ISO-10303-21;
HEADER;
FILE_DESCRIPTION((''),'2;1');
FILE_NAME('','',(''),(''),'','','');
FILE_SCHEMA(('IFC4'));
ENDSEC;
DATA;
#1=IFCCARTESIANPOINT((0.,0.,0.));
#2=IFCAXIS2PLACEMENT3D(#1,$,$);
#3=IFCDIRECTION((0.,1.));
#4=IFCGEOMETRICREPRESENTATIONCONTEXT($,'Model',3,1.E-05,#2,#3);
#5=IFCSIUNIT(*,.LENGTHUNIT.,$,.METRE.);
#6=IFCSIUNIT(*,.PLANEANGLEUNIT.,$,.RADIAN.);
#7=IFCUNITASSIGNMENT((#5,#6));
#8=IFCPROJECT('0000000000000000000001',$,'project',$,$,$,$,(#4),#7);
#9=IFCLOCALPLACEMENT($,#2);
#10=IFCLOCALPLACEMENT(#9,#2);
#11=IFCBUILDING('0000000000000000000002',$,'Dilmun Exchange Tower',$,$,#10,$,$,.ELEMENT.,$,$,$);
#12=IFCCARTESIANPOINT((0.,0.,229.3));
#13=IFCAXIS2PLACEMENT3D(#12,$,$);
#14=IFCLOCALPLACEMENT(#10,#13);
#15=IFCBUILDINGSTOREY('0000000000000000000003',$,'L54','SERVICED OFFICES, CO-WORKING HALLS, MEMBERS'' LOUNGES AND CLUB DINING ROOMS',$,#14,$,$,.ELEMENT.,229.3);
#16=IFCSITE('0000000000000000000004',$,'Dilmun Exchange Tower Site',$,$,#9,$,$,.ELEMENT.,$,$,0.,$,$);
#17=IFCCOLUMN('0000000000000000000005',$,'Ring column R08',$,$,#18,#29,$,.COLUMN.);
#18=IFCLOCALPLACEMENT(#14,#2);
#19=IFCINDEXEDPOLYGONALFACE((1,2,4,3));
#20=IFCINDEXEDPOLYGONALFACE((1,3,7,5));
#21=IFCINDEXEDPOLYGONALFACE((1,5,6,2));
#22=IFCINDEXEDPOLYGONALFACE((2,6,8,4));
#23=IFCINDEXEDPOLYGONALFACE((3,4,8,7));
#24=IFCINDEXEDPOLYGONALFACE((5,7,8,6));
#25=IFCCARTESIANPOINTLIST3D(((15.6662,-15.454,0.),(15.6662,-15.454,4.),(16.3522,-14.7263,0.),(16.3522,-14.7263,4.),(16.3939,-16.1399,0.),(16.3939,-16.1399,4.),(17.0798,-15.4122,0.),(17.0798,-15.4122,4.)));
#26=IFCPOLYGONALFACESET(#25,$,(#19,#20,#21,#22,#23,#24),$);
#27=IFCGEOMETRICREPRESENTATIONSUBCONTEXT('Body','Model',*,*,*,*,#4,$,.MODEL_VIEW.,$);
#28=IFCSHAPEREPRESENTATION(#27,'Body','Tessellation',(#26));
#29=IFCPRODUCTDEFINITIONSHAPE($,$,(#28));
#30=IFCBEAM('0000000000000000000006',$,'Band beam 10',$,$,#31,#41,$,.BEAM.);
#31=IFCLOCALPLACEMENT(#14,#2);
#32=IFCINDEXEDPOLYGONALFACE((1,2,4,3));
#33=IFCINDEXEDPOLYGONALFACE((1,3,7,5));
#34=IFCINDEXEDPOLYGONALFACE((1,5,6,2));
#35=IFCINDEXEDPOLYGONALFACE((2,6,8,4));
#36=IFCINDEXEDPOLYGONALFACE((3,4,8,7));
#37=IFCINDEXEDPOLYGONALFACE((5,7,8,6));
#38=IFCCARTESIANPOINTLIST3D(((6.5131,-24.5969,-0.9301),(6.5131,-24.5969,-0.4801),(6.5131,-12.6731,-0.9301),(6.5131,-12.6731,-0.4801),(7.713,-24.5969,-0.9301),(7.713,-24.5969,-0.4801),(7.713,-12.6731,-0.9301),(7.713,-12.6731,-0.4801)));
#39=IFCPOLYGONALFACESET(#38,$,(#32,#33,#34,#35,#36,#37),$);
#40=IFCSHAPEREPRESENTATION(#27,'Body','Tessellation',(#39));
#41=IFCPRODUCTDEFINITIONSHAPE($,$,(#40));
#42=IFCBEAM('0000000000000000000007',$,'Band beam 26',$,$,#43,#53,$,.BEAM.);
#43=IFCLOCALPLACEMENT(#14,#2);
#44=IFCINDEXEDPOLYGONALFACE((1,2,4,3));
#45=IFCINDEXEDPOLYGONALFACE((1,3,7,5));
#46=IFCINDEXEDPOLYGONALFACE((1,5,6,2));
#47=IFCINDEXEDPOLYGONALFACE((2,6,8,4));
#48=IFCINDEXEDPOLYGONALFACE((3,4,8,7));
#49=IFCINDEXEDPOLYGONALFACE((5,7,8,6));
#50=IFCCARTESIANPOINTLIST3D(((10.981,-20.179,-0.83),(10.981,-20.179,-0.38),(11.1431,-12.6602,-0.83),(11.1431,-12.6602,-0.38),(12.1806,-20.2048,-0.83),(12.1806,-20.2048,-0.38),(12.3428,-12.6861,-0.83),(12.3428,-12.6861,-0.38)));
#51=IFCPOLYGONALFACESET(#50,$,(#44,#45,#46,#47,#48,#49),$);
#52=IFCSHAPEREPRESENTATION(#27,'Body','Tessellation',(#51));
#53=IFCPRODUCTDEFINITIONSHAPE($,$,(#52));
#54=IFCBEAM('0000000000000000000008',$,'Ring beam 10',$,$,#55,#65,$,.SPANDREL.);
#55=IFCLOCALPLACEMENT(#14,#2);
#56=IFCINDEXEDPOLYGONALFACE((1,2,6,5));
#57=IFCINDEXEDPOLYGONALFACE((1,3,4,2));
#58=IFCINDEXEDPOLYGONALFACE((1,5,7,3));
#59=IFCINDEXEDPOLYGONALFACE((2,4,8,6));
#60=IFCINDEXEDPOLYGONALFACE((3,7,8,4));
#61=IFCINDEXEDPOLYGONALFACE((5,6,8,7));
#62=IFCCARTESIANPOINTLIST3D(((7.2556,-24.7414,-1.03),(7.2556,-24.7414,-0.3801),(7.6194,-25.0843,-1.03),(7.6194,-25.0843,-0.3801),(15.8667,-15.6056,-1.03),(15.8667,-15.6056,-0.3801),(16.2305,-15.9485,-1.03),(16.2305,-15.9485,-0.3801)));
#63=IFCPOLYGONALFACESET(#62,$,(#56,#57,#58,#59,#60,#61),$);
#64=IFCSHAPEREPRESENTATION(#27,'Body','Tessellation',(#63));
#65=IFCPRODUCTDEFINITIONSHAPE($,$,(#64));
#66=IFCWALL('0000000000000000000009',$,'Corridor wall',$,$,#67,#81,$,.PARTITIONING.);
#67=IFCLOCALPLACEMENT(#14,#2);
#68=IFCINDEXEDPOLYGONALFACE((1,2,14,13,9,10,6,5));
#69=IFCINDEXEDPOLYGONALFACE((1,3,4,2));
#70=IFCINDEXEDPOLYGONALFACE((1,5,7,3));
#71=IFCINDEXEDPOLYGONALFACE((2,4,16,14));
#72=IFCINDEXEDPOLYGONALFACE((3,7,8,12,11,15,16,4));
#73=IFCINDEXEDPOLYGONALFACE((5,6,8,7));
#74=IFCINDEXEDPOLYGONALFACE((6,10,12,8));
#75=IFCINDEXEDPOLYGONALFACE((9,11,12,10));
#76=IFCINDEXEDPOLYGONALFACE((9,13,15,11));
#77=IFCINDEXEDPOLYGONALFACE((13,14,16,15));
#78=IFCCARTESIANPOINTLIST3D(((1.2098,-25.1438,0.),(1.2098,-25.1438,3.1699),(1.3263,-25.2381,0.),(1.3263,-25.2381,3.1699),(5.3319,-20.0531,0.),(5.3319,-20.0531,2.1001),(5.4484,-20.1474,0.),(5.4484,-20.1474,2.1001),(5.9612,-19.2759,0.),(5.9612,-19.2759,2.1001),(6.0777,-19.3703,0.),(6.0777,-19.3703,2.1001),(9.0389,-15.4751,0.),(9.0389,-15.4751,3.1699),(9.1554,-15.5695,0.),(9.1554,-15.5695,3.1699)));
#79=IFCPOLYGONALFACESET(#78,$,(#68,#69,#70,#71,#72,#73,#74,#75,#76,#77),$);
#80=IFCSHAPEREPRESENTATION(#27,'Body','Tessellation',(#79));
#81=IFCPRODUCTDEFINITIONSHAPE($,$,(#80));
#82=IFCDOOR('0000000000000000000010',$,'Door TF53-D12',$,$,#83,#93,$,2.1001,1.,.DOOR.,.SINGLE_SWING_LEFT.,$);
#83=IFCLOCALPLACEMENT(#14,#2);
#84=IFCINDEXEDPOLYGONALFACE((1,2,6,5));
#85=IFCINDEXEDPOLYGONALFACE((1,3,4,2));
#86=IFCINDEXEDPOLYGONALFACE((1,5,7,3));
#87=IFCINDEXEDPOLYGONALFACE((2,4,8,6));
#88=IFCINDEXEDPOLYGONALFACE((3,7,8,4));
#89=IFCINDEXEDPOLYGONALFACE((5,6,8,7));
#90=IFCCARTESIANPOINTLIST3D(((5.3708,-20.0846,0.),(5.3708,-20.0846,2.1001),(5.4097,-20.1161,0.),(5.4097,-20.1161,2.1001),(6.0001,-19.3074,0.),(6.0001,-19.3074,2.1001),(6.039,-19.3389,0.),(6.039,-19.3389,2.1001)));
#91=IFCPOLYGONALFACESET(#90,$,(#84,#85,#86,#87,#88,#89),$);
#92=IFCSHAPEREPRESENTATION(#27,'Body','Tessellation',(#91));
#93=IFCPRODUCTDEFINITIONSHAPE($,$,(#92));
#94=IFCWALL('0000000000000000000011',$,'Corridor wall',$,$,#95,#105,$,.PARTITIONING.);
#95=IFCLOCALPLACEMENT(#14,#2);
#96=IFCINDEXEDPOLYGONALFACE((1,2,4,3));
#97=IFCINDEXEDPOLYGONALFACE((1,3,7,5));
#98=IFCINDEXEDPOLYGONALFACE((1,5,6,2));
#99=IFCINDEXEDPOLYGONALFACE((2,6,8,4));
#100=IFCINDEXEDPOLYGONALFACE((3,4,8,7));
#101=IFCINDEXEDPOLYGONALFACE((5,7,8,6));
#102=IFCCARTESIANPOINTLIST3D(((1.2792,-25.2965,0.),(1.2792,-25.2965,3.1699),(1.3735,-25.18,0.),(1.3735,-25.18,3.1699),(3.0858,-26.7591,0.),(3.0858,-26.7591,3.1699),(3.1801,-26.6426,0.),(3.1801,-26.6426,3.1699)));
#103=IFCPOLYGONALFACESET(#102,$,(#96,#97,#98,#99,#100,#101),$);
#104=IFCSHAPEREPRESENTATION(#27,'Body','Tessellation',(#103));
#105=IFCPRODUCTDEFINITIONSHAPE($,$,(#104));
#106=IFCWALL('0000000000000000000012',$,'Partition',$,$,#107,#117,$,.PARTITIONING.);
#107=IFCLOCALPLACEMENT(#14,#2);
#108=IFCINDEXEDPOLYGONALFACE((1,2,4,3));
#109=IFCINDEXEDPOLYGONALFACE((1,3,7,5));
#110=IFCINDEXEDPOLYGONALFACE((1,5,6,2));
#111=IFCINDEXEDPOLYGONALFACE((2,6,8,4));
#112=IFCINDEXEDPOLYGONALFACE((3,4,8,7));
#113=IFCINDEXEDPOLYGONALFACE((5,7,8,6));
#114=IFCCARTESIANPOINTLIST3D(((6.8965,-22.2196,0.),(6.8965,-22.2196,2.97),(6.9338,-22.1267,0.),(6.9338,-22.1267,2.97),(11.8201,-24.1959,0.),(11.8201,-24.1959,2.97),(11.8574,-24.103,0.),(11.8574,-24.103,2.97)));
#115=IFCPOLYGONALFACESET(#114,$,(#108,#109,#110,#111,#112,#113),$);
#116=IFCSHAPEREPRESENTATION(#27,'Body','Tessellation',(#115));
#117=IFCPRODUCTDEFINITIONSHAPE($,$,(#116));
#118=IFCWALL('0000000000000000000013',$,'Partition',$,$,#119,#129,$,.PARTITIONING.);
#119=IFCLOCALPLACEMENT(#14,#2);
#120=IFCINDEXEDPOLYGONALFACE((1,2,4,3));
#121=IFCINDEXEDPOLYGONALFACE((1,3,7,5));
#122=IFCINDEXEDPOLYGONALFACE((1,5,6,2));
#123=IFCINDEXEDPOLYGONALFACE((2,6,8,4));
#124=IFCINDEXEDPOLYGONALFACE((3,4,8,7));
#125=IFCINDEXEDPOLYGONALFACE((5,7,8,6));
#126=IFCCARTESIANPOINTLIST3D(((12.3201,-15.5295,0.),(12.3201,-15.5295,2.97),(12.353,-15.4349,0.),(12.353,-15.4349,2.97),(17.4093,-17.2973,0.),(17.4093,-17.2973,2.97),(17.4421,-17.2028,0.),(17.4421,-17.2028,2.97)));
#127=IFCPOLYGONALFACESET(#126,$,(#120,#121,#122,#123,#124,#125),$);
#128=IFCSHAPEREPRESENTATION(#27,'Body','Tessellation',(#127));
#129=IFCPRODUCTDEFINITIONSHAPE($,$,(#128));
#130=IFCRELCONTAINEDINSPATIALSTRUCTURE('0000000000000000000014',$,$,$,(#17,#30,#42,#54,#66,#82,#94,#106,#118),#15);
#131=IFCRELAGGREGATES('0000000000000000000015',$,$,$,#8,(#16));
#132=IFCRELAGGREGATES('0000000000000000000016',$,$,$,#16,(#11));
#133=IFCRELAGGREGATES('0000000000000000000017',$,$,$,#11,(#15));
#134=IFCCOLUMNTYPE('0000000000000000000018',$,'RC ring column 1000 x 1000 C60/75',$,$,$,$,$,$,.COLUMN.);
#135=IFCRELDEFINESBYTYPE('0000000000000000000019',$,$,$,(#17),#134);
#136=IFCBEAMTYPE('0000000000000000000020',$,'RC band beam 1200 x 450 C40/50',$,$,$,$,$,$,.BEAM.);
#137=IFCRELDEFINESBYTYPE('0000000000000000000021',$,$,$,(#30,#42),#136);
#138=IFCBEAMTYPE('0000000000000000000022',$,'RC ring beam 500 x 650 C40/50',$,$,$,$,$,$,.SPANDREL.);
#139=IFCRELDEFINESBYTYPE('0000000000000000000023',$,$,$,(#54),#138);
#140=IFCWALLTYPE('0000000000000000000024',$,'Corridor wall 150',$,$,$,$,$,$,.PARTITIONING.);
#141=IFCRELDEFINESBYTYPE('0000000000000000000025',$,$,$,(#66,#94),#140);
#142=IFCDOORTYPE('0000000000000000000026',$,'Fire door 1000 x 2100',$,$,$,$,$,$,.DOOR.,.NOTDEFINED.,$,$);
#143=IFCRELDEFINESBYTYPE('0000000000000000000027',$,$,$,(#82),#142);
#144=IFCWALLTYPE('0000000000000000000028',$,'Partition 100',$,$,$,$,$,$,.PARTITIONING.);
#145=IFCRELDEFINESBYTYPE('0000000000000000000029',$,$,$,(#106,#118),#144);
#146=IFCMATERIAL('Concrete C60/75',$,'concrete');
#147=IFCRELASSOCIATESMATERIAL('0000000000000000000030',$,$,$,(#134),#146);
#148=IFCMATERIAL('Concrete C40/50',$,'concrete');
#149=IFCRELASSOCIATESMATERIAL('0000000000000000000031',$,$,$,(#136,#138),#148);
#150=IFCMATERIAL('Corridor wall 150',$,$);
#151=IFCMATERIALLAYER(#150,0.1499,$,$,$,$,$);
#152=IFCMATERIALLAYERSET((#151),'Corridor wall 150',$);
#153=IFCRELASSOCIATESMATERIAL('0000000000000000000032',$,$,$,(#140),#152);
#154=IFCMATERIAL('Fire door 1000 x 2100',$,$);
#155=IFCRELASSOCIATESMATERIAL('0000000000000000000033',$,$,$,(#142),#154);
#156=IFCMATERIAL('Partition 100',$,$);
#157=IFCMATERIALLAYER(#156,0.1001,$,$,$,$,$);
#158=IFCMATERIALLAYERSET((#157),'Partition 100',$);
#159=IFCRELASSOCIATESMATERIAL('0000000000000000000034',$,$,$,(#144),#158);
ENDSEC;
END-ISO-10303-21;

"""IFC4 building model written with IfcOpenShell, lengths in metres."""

from ifc_helpers import new_model, si_unit, direction, frame, frame_2d, origin, origin_2d, place, context, subcontext, project, spatial, rectangle, extrude, material, layer, layer_set, material_profile, profile_set, type_object, element, fill, save


model = new_model("IFC4")

# Units and contexts
model_context = context("Model", 3, precision=1e-05, world=origin(), true_north=direction((0.0, 1.0)))
body_context = subcontext(model_context, "Body", "Model", "MODEL_VIEW")
ifc_project = project(units=[si_unit("LENGTHUNIT", "METRE"), si_unit("PLANEANGLEUNIT", "RADIAN")], contexts=[model_context])

# Site, building, storey
site_placement = place(None, origin())
site = spatial("IfcSite", under=ifc_project, at=site_placement, Name="Dilmun Exchange Tower Site", CompositionType="ELEMENT", RefElevation=0.0)
building_placement = place(site_placement, origin())
building = spatial("IfcBuilding", under=site, at=building_placement, Name="Dilmun Exchange Tower", CompositionType="ELEMENT")
storey_placement = place(building_placement, frame((0.0, 0.0, 229.3)))
storey = spatial("IfcBuildingStorey", under=building, at=storey_placement, Name="L54", Description="SERVICED OFFICES, CO-WORKING HALLS, MEMBERS' LOUNGES AND CLUB DINING ROOMS", CompositionType="ELEMENT", Elevation=229.3)

# Column
ifc_material_1 = material(Name="Concrete C60/75", Category="concrete")
ifc_material_profile_1 = material_profile(ifc_material_1, rectangle(XDim=1.0, YDim=1.0, at=origin_2d()), Name="1000 x 1000")
ifc_profile_set_1 = profile_set([ifc_material_profile_1], Name="Concrete C60/75")
column_type = type_object("IfcColumnType", Name="RC ring column 1000 x 1000 C60/75", PredefinedType="COLUMN", material=ifc_profile_set_1)
column_placement = place(storey_placement, frame((16.373, -15.4331, 0.0), z_axis=(0.0, 0.0, 1.0), x_axis=(0.685916, 0.727681, 0.0)))
element("IfcColumn", 1, at=column_placement, inside=storey, type_object=column_type, Name="Ring column R08", PredefinedType="COLUMN", context=body_context, shape_type="SweptSolid", body=[
    extrude(rectangle(XDim=1.0, YDim=1.0, at=origin_2d()), origin(), (0.0, 0.0, 1.0), 4.0),
])

# Beams
ifc_material_2 = material(Name="Concrete C40/50", Category="concrete")
ifc_material_profile_2 = material_profile(ifc_material_2, rectangle(XDim=1.2, YDim=0.45, at=origin_2d()), Name="1200 x 450")
ifc_profile_set_2 = profile_set([ifc_material_profile_2], Name="Concrete C40/50")
beam_type_1 = type_object("IfcBeamType", Name="RC band beam 1200 x 450 C40/50", PredefinedType="BEAM", material=ifc_profile_set_2)
beam_1_placement = place(storey_placement, frame((7.113, -24.5969, -0.7051), z_axis=(0.0, 1.0, 0.0), x_axis=(-1.0, 0.0, 0.0)))
element("IfcBeam", 2, at=beam_1_placement, inside=storey, type_object=beam_type_1, Name="Band beam 10", PredefinedType="BEAM", context=body_context, shape_type="SweptSolid", body=[
    extrude(rectangle(XDim=1.2, YDim=0.45, at=origin_2d()), origin(), (0.0, 0.0, 1.0), 11.9238),
])
beam_2_placement = place(storey_placement, frame((11.5808, -20.1919, -0.605), z_axis=(0.021556, 0.999768, 0.0), x_axis=(-0.999768, 0.021556, 0.0)))
element("IfcBeam", 3, at=beam_2_placement, inside=storey, type_object=beam_type_1, Name="Band beam 26", PredefinedType="BEAM", context=body_context, shape_type="SweptSolid", body=[
    extrude(rectangle(XDim=1.2, YDim=0.45, at=origin_2d()), origin(), (0.0, 0.0, 1.0), 7.5205),
])
ifc_material_profile_3 = material_profile(ifc_material_2, rectangle(XDim=0.5, YDim=0.6499, at=origin_2d()), Name="500 x 650")
ifc_profile_set_3 = profile_set([ifc_material_profile_3], Name="Concrete C40/50")
beam_type_2 = type_object("IfcBeamType", Name="RC ring beam 500 x 650 C40/50", PredefinedType="SPANDREL", material=ifc_profile_set_3)
beam_3_placement = place(storey_placement, frame((7.4375, -24.9128, -0.7051), z_axis=(0.685903, 0.727693, 0.0), x_axis=(-0.727693, 0.685903, 0.0)))
element("IfcBeam", 4, at=beam_3_placement, inside=storey, type_object=beam_type_2, Name="Ring beam 10", PredefinedType="SPANDREL", context=body_context, shape_type="SweptSolid", body=[
    extrude(rectangle(XDim=0.5, YDim=0.6499, at=origin_2d()), origin(), (0.0, 0.0, 1.0), 12.5544),
])

# Wall, opening, door
ifc_material_3 = material(Name="Corridor wall 150")
ifc_layer_1 = layer(ifc_material_3, 0.1499)
ifc_layer_set_1 = layer_set([ifc_layer_1], Name="Corridor wall 150")
wall_type_1 = type_object("IfcWallType", Name="Corridor wall 150", PredefinedType="PARTITIONING", material=ifc_layer_set_1)
wall_1_placement = place(storey_placement, frame((1.2681, -25.1909, 0.0), z_axis=(0.0, 0.0, 1.0), x_axis=(0.629298, 0.777164, 0.0)))
wall_1 = element("IfcWall", 5, at=wall_1_placement, inside=storey, type_object=wall_type_1, Name="Corridor wall", PredefinedType="PARTITIONING", context=body_context, shape_type="SweptSolid", body=[
    extrude(rectangle(XDim=12.4409, YDim=0.1499, at=frame_2d((6.2205, 0.0))), origin(), (0.0, 0.0, 1.0), 3.1699),
])
opening_placement = place(wall_1_placement, frame((6.5503, 0.0, 0.0)))
opening = element("IfcOpeningElement", 6, at=opening_placement, cuts=wall_1, PredefinedType="OPENING", context=body_context, shape_type="SweptSolid", body=[
    extrude(rectangle(XDim=1.0, YDim=2.1001, at=frame_2d((0.5, 1.05))), frame((0.0, 0.085, 0.0), z_axis=(0.0, -1.0, 0.0), x_axis=(1.0, 0.0, 0.0)), (0.0, 0.0, 1.0), 0.1699),
])
ifc_material_4 = material(Name="Fire door 1000 x 2100")
door_type = type_object("IfcDoorType", Name="Fire door 1000 x 2100", OperationType="NOTDEFINED", PredefinedType="DOOR", material=ifc_material_4)
door_placement = place(opening_placement, origin())
door = element("IfcDoor", 7, at=door_placement, inside=storey, type_object=door_type, Name="Door TF53-D12", OperationType="SINGLE_SWING_LEFT", OverallHeight=2.1001, OverallWidth=1.0, PredefinedType="DOOR", context=body_context, shape_type="SweptSolid", body=[
    extrude(rectangle(XDim=1.0, YDim=2.1001, at=frame_2d((0.5, 1.05))), frame((0.0, 0.0249, 0.0), z_axis=(0.0, -1.0, 0.0), x_axis=(1.0, 0.0, 0.0)), (0.0, 0.0, 1.0), 0.05),
])
fill(opening, door)

# Walls
wall_2_placement = place(storey_placement, frame((1.3264, -25.2383, 0.0), z_axis=(0.0, 0.0, 1.0), x_axis=(0.777218, -0.629231, 0.0)))
element("IfcWall", 8, at=wall_2_placement, inside=storey, type_object=wall_type_1, Name="Corridor wall", PredefinedType="PARTITIONING", context=body_context, shape_type="SweptSolid", body=[
    extrude(rectangle(XDim=2.3245, YDim=0.1499, at=frame_2d((1.1621, 0.0))), origin(), (0.0, 0.0, 1.0), 3.1699),
])
ifc_material_5 = material(Name="Partition 100")
ifc_layer_2 = layer(ifc_material_5, 0.1001)
ifc_layer_set_2 = layer_set([ifc_layer_2], Name="Partition 100")
wall_type_2 = type_object("IfcWallType", Name="Partition 100", PredefinedType="PARTITIONING", material=ifc_layer_set_2)
wall_3_placement = place(storey_placement, frame((6.915, -22.1731, 0.0), z_axis=(0.0, 0.0, 1.0), x_axis=(0.928029, -0.372509, 0.0)))
element("IfcWall", 9, at=wall_3_placement, inside=storey, type_object=wall_type_2, Name="Partition", PredefinedType="PARTITIONING", context=body_context, shape_type="SweptSolid", body=[
    extrude(rectangle(XDim=5.3054, YDim=0.1001, at=frame_2d((2.6528, 0.0))), origin(), (0.0, 0.0, 1.0), 2.97),
])
wall_4_placement = place(storey_placement, frame((12.3364, -15.4822, 0.0), z_axis=(0.0, 0.0, 1.0), x_axis=(0.944629, -0.328139, 0.0)))
element("IfcWall", 10, at=wall_4_placement, inside=storey, type_object=wall_type_2, Name="Partition", PredefinedType="PARTITIONING", context=body_context, shape_type="SweptSolid", body=[
    extrude(rectangle(XDim=5.3875, YDim=0.1001, at=frame_2d((2.6938, 0.0))), origin(), (0.0, 0.0, 1.0), 2.97),
])

save(model, "model.ifc")
